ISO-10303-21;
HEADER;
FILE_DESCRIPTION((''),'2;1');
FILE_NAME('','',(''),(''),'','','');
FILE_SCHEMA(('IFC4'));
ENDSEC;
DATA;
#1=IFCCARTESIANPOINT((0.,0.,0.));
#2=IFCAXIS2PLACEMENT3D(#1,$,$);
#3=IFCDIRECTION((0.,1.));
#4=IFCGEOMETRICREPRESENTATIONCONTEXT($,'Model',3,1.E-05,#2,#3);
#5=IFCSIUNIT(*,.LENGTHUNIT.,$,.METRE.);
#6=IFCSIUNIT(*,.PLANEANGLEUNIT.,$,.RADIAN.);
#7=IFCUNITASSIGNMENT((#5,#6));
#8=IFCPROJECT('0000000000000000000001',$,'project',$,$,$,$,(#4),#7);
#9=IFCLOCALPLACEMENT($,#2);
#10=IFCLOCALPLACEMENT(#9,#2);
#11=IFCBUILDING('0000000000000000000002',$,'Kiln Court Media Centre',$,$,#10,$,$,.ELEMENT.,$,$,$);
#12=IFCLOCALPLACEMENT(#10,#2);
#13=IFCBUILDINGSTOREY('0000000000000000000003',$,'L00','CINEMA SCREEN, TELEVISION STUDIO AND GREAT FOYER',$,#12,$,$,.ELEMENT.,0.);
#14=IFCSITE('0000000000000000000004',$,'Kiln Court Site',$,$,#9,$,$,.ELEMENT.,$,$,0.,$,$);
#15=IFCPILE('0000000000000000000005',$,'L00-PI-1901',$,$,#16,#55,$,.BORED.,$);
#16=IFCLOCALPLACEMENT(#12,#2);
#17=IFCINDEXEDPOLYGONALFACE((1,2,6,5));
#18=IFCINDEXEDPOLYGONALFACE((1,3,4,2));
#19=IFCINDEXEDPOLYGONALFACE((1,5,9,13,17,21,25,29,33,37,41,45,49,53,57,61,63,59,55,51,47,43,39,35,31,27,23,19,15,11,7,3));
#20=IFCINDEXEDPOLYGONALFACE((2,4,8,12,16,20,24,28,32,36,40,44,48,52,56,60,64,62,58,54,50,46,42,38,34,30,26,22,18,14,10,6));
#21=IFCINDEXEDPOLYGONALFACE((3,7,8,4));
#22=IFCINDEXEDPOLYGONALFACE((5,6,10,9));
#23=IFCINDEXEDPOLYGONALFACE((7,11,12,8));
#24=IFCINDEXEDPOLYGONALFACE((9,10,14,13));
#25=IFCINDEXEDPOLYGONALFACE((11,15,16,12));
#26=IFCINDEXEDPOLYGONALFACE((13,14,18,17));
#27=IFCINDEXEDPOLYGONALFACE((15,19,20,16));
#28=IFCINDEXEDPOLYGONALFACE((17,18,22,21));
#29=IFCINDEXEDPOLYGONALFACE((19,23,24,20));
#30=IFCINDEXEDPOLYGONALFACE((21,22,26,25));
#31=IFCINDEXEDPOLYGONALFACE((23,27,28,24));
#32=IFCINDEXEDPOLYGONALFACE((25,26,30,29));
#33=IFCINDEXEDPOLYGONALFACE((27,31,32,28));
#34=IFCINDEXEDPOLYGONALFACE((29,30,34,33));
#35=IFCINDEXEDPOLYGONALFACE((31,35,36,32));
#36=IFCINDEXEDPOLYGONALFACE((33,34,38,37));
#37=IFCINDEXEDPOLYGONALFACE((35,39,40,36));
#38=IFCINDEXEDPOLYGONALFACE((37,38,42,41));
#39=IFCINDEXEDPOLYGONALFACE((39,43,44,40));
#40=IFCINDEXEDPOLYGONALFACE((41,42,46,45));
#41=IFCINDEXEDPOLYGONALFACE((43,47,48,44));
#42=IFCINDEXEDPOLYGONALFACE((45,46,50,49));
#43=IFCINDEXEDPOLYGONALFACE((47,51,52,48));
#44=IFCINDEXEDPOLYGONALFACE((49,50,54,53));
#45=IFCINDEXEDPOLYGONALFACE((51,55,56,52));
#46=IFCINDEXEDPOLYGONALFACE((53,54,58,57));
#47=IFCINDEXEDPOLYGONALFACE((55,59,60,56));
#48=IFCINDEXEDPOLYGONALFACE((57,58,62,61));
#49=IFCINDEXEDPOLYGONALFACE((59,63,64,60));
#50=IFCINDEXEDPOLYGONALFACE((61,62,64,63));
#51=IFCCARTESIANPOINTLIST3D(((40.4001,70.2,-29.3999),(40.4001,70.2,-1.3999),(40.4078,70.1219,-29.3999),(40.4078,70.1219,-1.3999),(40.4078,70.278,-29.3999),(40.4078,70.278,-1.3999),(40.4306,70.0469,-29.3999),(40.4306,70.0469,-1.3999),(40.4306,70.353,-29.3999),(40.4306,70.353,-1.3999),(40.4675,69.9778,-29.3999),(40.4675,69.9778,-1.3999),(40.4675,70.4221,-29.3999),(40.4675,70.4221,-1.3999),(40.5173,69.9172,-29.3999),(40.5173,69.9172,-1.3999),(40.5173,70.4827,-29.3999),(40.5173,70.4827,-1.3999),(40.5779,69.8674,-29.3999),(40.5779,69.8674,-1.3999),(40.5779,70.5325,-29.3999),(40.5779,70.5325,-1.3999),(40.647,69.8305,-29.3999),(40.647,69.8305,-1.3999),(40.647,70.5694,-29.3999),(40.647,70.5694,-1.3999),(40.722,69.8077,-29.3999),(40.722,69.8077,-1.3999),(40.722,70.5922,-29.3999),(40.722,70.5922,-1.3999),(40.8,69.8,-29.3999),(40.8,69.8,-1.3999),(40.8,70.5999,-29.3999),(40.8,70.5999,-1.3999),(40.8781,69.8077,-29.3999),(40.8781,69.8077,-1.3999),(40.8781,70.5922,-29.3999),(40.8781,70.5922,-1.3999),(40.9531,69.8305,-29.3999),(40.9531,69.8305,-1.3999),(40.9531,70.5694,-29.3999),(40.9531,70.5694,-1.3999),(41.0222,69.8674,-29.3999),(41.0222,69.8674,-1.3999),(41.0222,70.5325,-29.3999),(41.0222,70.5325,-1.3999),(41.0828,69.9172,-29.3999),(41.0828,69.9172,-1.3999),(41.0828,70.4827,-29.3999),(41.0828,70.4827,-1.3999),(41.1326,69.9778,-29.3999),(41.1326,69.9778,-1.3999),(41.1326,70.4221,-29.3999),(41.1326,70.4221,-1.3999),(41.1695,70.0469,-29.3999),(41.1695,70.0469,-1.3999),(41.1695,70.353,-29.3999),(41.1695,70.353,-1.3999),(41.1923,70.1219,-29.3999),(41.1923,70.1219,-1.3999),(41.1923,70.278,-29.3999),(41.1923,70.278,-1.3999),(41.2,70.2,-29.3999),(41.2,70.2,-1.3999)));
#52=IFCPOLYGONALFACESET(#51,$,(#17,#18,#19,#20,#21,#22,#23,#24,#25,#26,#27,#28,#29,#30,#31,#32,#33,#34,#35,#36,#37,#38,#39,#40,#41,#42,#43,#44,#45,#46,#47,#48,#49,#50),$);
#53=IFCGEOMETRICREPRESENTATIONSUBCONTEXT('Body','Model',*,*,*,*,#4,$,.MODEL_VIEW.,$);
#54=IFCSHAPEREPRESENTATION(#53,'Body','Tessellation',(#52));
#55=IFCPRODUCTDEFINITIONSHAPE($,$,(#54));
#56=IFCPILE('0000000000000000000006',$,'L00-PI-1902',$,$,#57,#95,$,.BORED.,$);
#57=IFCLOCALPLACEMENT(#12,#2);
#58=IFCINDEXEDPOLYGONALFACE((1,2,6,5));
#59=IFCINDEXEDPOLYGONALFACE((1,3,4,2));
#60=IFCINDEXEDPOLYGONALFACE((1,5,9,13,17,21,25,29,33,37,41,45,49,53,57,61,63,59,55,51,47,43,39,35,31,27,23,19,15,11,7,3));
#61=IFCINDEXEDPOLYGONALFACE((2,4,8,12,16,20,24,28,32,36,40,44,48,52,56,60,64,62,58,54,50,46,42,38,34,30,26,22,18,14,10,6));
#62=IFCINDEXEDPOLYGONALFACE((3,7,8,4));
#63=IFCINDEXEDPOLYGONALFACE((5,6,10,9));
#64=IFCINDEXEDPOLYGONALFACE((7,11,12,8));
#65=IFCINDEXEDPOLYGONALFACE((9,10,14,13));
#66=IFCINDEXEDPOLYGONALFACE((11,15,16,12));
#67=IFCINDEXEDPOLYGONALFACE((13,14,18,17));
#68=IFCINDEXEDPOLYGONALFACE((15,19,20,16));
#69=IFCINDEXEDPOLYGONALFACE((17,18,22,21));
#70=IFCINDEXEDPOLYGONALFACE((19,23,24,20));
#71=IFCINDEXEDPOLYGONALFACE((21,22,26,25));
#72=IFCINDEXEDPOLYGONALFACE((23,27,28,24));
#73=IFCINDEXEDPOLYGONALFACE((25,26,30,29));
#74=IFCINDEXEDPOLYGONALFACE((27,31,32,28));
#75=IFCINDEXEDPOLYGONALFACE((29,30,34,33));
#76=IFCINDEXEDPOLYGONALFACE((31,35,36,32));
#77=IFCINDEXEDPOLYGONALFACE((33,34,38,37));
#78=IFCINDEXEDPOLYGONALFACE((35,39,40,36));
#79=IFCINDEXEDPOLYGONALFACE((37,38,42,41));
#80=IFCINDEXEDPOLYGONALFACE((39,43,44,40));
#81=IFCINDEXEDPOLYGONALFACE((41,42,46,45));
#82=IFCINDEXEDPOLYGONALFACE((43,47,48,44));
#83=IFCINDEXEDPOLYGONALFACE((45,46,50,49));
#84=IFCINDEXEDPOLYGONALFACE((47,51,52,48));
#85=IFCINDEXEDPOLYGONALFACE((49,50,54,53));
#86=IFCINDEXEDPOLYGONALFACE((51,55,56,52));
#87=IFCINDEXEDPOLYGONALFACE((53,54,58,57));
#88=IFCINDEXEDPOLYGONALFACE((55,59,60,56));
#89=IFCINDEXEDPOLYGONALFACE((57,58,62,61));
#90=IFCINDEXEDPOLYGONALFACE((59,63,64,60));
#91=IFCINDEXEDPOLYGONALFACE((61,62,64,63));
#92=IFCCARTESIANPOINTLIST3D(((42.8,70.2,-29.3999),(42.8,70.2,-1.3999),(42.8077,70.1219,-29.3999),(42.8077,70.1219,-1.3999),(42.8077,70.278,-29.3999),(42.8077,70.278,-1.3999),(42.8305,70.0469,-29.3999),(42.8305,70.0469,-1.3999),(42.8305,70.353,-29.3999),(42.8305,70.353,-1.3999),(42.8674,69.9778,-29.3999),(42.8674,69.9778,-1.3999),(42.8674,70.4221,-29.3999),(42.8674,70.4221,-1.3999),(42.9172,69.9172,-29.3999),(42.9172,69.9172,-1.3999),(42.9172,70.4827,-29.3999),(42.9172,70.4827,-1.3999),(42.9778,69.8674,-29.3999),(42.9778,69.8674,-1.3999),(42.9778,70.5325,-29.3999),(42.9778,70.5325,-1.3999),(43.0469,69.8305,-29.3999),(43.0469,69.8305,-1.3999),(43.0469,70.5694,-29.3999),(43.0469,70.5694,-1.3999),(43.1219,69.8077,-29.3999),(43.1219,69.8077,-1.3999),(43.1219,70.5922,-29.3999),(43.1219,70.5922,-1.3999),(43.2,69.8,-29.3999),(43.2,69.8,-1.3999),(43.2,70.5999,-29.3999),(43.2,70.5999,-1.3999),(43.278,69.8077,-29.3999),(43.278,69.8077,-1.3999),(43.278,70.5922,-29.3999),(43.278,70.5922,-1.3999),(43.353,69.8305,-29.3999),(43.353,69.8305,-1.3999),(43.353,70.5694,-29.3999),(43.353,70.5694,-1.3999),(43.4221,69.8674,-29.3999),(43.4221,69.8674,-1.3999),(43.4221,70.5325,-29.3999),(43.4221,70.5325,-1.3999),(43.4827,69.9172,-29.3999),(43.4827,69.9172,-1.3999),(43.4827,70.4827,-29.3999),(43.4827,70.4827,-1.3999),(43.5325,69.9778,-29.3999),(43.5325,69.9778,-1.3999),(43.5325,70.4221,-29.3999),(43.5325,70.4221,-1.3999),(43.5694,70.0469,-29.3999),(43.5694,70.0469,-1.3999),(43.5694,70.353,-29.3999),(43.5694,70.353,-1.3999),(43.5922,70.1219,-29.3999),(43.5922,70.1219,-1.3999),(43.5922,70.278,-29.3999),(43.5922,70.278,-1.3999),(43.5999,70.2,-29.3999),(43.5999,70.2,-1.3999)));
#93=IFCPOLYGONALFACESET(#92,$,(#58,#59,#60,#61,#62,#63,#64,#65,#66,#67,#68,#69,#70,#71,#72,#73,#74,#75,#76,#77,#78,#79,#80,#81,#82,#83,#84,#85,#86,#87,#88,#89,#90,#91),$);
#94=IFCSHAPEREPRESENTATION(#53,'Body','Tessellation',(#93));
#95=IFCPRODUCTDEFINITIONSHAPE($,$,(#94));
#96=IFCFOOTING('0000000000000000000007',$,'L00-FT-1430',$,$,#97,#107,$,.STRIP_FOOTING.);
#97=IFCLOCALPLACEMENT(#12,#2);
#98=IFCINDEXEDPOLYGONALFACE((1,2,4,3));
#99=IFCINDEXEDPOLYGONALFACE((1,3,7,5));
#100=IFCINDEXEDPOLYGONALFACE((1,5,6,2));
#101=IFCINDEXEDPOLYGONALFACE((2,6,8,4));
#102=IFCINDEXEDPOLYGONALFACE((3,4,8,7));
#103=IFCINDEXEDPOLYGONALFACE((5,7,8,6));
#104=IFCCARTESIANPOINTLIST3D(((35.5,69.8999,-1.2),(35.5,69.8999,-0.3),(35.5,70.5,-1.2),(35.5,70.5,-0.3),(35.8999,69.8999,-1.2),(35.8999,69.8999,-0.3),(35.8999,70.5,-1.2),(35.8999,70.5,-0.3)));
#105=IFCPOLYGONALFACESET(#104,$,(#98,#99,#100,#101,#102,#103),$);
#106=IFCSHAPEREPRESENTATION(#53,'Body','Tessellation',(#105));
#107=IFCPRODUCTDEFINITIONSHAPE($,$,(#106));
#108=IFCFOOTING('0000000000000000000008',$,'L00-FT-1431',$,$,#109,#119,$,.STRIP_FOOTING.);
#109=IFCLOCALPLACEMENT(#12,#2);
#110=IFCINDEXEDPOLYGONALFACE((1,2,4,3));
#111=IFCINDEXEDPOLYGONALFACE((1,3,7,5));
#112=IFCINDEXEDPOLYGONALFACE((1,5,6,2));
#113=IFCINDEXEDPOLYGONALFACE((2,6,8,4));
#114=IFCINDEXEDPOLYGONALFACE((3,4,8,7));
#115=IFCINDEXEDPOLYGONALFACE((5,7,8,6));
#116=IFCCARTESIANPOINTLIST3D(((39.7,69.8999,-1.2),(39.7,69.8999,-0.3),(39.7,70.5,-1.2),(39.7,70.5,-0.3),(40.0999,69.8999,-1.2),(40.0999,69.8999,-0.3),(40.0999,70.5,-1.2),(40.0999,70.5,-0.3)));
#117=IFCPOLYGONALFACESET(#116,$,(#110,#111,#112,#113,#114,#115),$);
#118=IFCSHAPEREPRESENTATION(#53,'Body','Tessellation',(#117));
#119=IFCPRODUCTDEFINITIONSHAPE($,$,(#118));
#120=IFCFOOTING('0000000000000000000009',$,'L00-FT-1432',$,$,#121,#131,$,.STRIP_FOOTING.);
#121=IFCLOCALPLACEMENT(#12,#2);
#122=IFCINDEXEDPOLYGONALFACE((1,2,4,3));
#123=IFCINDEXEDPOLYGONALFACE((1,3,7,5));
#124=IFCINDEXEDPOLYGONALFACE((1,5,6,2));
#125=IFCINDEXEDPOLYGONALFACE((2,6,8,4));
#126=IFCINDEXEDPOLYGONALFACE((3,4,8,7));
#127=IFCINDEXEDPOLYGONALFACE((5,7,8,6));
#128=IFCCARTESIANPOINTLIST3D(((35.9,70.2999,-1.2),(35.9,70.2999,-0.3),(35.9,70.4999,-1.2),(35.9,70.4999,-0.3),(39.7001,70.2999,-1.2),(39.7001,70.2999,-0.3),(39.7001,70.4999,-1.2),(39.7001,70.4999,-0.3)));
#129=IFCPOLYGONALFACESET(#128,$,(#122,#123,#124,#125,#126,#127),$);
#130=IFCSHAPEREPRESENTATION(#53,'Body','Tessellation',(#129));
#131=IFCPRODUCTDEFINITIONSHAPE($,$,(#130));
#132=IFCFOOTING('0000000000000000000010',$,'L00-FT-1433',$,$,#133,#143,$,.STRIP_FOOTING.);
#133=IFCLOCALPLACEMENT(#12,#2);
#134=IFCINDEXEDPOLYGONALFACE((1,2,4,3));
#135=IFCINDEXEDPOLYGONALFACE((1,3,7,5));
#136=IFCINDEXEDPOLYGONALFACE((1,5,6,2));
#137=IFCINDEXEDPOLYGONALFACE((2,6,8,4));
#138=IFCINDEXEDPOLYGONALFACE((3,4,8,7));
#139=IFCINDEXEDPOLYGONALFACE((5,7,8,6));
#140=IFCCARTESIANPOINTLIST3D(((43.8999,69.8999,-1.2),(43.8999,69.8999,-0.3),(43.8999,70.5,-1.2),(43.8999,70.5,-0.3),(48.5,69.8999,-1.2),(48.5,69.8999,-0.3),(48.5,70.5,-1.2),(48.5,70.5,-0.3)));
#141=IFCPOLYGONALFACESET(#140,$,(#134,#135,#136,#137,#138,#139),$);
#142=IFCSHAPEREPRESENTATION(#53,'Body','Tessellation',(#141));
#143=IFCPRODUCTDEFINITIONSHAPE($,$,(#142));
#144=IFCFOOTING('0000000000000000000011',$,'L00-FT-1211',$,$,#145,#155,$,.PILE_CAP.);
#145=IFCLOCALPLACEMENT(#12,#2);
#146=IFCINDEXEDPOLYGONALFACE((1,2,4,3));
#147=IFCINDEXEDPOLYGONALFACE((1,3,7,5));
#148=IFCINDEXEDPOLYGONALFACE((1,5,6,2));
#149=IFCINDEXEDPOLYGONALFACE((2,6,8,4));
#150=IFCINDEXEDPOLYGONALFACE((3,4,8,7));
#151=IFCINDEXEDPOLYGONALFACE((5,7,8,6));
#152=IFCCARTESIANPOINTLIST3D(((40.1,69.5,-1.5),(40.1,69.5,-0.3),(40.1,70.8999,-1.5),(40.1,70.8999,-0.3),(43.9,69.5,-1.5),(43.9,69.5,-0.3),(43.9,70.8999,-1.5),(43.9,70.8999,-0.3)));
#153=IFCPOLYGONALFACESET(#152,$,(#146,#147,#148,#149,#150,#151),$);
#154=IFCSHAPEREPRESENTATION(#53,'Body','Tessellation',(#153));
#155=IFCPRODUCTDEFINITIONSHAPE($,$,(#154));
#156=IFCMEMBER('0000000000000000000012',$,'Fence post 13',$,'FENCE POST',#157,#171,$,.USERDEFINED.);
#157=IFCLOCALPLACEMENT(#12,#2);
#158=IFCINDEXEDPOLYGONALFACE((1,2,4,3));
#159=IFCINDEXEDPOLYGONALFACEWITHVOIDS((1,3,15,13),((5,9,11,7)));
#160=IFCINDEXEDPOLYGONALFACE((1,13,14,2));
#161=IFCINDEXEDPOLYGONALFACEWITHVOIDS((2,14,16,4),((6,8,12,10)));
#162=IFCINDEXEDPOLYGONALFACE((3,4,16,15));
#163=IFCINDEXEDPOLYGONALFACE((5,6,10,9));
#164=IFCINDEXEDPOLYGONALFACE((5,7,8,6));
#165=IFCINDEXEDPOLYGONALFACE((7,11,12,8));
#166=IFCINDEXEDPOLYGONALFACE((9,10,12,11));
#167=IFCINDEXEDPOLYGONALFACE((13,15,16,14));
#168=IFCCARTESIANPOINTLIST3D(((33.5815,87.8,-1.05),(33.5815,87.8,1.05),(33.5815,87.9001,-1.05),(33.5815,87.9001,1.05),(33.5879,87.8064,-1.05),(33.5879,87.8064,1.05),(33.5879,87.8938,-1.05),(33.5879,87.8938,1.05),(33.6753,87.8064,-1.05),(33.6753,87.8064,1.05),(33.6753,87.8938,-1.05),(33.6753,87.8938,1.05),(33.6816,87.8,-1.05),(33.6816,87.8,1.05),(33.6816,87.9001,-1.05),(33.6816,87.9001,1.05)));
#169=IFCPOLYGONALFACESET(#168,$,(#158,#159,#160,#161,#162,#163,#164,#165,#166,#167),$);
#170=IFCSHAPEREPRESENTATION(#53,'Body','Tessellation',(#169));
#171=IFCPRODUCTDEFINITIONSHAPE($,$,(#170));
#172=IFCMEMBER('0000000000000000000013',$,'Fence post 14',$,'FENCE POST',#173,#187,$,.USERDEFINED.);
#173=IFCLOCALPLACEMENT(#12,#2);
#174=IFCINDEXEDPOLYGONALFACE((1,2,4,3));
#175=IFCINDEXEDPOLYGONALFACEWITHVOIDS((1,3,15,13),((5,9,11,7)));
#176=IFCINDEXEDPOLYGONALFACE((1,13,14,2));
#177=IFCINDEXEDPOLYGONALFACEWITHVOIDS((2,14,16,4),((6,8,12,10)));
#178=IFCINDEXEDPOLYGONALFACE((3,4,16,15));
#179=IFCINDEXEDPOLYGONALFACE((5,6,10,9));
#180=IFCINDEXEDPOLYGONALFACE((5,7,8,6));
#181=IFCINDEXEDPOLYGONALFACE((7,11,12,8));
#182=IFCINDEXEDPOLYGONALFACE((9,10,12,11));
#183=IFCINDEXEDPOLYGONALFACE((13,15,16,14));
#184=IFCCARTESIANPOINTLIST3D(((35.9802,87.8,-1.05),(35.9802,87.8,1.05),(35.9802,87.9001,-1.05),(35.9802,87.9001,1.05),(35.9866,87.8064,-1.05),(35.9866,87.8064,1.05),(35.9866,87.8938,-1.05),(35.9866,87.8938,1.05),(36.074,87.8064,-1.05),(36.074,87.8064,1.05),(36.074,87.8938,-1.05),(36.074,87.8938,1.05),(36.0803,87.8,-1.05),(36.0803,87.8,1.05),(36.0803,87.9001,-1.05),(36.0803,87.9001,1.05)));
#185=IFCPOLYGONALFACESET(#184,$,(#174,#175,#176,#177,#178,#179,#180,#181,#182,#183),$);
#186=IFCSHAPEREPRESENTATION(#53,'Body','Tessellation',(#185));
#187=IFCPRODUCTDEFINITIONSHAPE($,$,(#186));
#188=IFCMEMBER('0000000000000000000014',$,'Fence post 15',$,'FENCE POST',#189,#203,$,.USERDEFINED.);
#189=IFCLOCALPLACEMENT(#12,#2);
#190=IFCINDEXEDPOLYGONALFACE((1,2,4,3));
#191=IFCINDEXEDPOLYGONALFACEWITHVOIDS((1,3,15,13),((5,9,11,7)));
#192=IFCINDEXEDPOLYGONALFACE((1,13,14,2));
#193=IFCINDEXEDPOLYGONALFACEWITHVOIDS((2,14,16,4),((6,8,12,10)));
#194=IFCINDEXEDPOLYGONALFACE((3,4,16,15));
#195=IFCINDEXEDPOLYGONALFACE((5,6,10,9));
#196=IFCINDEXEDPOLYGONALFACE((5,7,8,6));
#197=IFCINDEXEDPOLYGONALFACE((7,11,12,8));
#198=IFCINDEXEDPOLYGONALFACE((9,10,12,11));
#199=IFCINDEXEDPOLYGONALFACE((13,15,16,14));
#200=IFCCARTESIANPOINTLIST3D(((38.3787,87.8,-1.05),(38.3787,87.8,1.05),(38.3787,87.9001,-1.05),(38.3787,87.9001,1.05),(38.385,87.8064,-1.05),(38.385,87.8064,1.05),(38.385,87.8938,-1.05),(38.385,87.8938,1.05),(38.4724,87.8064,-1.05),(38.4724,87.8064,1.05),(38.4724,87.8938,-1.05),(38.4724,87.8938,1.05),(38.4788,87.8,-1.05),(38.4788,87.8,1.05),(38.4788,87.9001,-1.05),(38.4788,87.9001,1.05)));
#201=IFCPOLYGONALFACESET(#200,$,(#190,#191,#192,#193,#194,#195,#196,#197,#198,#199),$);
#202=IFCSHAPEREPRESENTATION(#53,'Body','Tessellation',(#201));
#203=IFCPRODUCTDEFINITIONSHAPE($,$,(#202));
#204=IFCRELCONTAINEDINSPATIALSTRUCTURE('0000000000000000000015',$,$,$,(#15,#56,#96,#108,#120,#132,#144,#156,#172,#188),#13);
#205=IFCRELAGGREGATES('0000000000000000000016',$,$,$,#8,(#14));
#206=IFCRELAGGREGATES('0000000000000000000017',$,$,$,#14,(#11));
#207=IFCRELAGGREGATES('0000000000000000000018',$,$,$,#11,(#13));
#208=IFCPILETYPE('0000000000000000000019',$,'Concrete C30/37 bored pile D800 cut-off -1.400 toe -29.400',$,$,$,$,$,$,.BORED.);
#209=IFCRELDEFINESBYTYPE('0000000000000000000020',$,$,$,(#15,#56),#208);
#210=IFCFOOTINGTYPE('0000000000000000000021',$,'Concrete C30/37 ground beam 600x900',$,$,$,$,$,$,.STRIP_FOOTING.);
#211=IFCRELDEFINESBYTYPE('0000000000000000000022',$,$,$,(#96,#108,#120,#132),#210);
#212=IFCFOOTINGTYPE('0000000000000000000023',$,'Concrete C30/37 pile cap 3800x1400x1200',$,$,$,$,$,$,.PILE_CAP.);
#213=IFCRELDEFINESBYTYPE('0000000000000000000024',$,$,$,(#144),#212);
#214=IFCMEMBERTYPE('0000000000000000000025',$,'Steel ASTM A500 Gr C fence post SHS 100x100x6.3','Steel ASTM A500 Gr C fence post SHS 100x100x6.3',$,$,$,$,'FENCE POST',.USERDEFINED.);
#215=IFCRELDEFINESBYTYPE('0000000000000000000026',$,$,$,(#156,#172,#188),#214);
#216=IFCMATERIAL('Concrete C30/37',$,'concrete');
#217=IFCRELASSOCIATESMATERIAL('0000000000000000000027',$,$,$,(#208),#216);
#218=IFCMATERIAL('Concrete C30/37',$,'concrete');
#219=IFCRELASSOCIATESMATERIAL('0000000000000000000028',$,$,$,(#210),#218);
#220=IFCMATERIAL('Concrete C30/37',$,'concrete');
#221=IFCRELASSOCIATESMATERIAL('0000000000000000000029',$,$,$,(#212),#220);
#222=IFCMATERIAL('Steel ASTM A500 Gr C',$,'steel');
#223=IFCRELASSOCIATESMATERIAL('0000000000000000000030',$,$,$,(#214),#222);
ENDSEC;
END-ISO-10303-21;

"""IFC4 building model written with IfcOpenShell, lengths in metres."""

from ifc_helpers import new_model, si_unit, direction, frame, origin, origin_2d, place, context, subcontext, project, spatial, rectangle, hollow_rectangle, circle, extrude, material, material_profile, profile_set, type_object, element, save


model = new_model("IFC4")

# Units and contexts
model_context = context("Model", 3, precision=1e-05, world=origin(), true_north=direction((0.0, 1.0)))
body_context = subcontext(model_context, "Body", "Model", "MODEL_VIEW")
ifc_project = project(units=[si_unit("LENGTHUNIT", "METRE"), si_unit("PLANEANGLEUNIT", "RADIAN")], contexts=[model_context])

# Site, building, storey
site_placement = place(None, origin())
site = spatial("IfcSite", under=ifc_project, at=site_placement, Name="Kiln Court Site", CompositionType="ELEMENT", RefElevation=0.0)
building_placement = place(site_placement, origin())
building = spatial("IfcBuilding", under=site, at=building_placement, Name="Kiln Court Media Centre", CompositionType="ELEMENT")
storey_placement = place(building_placement, origin())
storey = spatial("IfcBuildingStorey", under=building, at=storey_placement, Name="L00", Description="CINEMA SCREEN, TELEVISION STUDIO AND GREAT FOYER", CompositionType="ELEMENT", Elevation=0.0)

# Piles
ifc_material_1 = material(Name="Concrete C30/37", Category="concrete")
ifc_material_profile_1 = material_profile(ifc_material_1, circle(Radius=0.3999, at=origin_2d()), Name="PILE D800")
ifc_profile_set_1 = profile_set([ifc_material_profile_1], Name="Concrete C30/37")
pile_type = type_object("IfcPileType", Name="Concrete C30/37 bored pile D800 cut-off -1.400 toe -29.400", PredefinedType="BORED", material=ifc_profile_set_1)
for number, where, z_axis, x_axis, name in (
    (1, (40.8, 70.2, -1.3999), (0.0, 0.0, -1.0), (1.0, 0.0, 0.0), "L00-PI-1901"),
    (2, (43.2, 70.2, -1.3999), (0.0, 0.0, -1.0), (1.0, 0.0, 0.0), "L00-PI-1902"),
):
    element("IfcPile", number, at=place(storey_placement, frame(where, z_axis=z_axis, x_axis=x_axis)), inside=storey, type_object=pile_type, Name=name, PredefinedType="BORED", context=body_context, shape_type="SweptSolid", body=[
        extrude(circle(Radius=0.3999, at=origin_2d()), origin(), (0.0, 0.0, 1.0), 28.0),
    ])

# Footings
ifc_material_2 = material(Name="Concrete C30/37", Category="concrete")
footing_type_1 = type_object("IfcFootingType", Name="Concrete C30/37 ground beam 600x900", PredefinedType="STRIP_FOOTING", material=ifc_material_2)
for number, where, z_axis, x_axis, name in (
    (3, (35.7, 70.2, -1.2), (0.0, 0.0, 1.0), (1.0, 0.0, 0.0), "L00-FT-1430"),
    (4, (39.8999, 70.2, -1.2), (0.0, 0.0, 1.0), (1.0, 0.0, 0.0), "L00-FT-1431"),
):
    element("IfcFooting", number, at=place(storey_placement, frame(where, z_axis=z_axis, x_axis=x_axis)), inside=storey, type_object=footing_type_1, Name=name, PredefinedType="STRIP_FOOTING", context=body_context, shape_type="SweptSolid", body=[
        extrude(rectangle(XDim=0.3999, YDim=0.6001, at=origin_2d()), origin(), (0.0, 0.0, 1.0), 0.8999),
    ])
footing_1_placement = place(storey_placement, frame((37.8, 70.3999, -1.2), z_axis=(0.0, 0.0, 1.0), x_axis=(1.0, 0.0, 0.0)))
element("IfcFooting", 5, at=footing_1_placement, inside=storey, type_object=footing_type_1, Name="L00-FT-1432", PredefinedType="STRIP_FOOTING", context=body_context, shape_type="SweptSolid", body=[
    extrude(rectangle(XDim=3.8, YDim=0.2, at=origin_2d()), origin(), (0.0, 0.0, 1.0), 0.8999),
])
footing_2_placement = place(storey_placement, frame((46.2, 70.2, -1.2), z_axis=(0.0, 0.0, 1.0), x_axis=(1.0, 0.0, 0.0)))
element("IfcFooting", 6, at=footing_2_placement, inside=storey, type_object=footing_type_1, Name="L00-FT-1433", PredefinedType="STRIP_FOOTING", context=body_context, shape_type="SweptSolid", body=[
    extrude(rectangle(XDim=4.6001, YDim=0.6001, at=origin_2d()), origin(), (0.0, 0.0, 1.0), 0.8999),
])
ifc_material_3 = material(Name="Concrete C30/37", Category="concrete")
footing_type_2 = type_object("IfcFootingType", Name="Concrete C30/37 pile cap 3800x1400x1200", PredefinedType="PILE_CAP", material=ifc_material_3)
footing_3_placement = place(storey_placement, frame((42.0, 70.2, -1.5), z_axis=(0.0, 0.0, 1.0), x_axis=(1.0, 0.0, 0.0)))
element("IfcFooting", 7, at=footing_3_placement, inside=storey, type_object=footing_type_2, Name="L00-FT-1211", PredefinedType="PILE_CAP", context=body_context, shape_type="SweptSolid", body=[
    extrude(rectangle(XDim=3.8, YDim=1.3999, at=origin_2d()), origin(), (0.0, 0.0, 1.0), 1.2),
])

# Members
ifc_material_4 = material(Name="Steel ASTM A500 Gr C", Category="steel")
ifc_material_profile_2 = material_profile(ifc_material_4, hollow_rectangle(XDim=0.1001, YDim=0.1001, WallThickness=0.0063, at=origin_2d()), Name="SHS 100x100x6.3")
ifc_profile_set_2 = profile_set([ifc_material_profile_2], Name="Steel ASTM A500 Gr C")
member_type = type_object("IfcMemberType", Name="Steel ASTM A500 Gr C fence post SHS 100x100x6.3", Description="Steel ASTM A500 Gr C fence post SHS 100x100x6.3", ElementType="FENCE POST", PredefinedType="USERDEFINED", material=ifc_profile_set_2)
for number, where, z_axis, x_axis, name in (
    (8, (33.6316, 87.8501, -1.05), (0.0, 0.0, 1.0), (1.0, 0.0, 0.0), "Fence post 13"),
    (9, (36.0303, 87.8501, -1.05), (0.0, 0.0, 1.0), (1.0, 0.0, 0.0), "Fence post 14"),
    (10, (38.4287, 87.8501, -1.05), (0.0, 0.0, 1.0), (1.0, 0.0, 0.0), "Fence post 15"),
):
    element("IfcMember", number, at=place(storey_placement, frame(where, z_axis=z_axis, x_axis=x_axis)), inside=storey, type_object=member_type, Name=name, ObjectType="FENCE POST", PredefinedType="USERDEFINED", context=body_context, shape_type="SweptSolid", body=[
        extrude(hollow_rectangle(XDim=0.1001, YDim=0.1001, WallThickness=0.0063, at=origin_2d()), origin(), (0.0, 0.0, 1.0), 2.1001),
    ])

save(model, "model.ifc")
